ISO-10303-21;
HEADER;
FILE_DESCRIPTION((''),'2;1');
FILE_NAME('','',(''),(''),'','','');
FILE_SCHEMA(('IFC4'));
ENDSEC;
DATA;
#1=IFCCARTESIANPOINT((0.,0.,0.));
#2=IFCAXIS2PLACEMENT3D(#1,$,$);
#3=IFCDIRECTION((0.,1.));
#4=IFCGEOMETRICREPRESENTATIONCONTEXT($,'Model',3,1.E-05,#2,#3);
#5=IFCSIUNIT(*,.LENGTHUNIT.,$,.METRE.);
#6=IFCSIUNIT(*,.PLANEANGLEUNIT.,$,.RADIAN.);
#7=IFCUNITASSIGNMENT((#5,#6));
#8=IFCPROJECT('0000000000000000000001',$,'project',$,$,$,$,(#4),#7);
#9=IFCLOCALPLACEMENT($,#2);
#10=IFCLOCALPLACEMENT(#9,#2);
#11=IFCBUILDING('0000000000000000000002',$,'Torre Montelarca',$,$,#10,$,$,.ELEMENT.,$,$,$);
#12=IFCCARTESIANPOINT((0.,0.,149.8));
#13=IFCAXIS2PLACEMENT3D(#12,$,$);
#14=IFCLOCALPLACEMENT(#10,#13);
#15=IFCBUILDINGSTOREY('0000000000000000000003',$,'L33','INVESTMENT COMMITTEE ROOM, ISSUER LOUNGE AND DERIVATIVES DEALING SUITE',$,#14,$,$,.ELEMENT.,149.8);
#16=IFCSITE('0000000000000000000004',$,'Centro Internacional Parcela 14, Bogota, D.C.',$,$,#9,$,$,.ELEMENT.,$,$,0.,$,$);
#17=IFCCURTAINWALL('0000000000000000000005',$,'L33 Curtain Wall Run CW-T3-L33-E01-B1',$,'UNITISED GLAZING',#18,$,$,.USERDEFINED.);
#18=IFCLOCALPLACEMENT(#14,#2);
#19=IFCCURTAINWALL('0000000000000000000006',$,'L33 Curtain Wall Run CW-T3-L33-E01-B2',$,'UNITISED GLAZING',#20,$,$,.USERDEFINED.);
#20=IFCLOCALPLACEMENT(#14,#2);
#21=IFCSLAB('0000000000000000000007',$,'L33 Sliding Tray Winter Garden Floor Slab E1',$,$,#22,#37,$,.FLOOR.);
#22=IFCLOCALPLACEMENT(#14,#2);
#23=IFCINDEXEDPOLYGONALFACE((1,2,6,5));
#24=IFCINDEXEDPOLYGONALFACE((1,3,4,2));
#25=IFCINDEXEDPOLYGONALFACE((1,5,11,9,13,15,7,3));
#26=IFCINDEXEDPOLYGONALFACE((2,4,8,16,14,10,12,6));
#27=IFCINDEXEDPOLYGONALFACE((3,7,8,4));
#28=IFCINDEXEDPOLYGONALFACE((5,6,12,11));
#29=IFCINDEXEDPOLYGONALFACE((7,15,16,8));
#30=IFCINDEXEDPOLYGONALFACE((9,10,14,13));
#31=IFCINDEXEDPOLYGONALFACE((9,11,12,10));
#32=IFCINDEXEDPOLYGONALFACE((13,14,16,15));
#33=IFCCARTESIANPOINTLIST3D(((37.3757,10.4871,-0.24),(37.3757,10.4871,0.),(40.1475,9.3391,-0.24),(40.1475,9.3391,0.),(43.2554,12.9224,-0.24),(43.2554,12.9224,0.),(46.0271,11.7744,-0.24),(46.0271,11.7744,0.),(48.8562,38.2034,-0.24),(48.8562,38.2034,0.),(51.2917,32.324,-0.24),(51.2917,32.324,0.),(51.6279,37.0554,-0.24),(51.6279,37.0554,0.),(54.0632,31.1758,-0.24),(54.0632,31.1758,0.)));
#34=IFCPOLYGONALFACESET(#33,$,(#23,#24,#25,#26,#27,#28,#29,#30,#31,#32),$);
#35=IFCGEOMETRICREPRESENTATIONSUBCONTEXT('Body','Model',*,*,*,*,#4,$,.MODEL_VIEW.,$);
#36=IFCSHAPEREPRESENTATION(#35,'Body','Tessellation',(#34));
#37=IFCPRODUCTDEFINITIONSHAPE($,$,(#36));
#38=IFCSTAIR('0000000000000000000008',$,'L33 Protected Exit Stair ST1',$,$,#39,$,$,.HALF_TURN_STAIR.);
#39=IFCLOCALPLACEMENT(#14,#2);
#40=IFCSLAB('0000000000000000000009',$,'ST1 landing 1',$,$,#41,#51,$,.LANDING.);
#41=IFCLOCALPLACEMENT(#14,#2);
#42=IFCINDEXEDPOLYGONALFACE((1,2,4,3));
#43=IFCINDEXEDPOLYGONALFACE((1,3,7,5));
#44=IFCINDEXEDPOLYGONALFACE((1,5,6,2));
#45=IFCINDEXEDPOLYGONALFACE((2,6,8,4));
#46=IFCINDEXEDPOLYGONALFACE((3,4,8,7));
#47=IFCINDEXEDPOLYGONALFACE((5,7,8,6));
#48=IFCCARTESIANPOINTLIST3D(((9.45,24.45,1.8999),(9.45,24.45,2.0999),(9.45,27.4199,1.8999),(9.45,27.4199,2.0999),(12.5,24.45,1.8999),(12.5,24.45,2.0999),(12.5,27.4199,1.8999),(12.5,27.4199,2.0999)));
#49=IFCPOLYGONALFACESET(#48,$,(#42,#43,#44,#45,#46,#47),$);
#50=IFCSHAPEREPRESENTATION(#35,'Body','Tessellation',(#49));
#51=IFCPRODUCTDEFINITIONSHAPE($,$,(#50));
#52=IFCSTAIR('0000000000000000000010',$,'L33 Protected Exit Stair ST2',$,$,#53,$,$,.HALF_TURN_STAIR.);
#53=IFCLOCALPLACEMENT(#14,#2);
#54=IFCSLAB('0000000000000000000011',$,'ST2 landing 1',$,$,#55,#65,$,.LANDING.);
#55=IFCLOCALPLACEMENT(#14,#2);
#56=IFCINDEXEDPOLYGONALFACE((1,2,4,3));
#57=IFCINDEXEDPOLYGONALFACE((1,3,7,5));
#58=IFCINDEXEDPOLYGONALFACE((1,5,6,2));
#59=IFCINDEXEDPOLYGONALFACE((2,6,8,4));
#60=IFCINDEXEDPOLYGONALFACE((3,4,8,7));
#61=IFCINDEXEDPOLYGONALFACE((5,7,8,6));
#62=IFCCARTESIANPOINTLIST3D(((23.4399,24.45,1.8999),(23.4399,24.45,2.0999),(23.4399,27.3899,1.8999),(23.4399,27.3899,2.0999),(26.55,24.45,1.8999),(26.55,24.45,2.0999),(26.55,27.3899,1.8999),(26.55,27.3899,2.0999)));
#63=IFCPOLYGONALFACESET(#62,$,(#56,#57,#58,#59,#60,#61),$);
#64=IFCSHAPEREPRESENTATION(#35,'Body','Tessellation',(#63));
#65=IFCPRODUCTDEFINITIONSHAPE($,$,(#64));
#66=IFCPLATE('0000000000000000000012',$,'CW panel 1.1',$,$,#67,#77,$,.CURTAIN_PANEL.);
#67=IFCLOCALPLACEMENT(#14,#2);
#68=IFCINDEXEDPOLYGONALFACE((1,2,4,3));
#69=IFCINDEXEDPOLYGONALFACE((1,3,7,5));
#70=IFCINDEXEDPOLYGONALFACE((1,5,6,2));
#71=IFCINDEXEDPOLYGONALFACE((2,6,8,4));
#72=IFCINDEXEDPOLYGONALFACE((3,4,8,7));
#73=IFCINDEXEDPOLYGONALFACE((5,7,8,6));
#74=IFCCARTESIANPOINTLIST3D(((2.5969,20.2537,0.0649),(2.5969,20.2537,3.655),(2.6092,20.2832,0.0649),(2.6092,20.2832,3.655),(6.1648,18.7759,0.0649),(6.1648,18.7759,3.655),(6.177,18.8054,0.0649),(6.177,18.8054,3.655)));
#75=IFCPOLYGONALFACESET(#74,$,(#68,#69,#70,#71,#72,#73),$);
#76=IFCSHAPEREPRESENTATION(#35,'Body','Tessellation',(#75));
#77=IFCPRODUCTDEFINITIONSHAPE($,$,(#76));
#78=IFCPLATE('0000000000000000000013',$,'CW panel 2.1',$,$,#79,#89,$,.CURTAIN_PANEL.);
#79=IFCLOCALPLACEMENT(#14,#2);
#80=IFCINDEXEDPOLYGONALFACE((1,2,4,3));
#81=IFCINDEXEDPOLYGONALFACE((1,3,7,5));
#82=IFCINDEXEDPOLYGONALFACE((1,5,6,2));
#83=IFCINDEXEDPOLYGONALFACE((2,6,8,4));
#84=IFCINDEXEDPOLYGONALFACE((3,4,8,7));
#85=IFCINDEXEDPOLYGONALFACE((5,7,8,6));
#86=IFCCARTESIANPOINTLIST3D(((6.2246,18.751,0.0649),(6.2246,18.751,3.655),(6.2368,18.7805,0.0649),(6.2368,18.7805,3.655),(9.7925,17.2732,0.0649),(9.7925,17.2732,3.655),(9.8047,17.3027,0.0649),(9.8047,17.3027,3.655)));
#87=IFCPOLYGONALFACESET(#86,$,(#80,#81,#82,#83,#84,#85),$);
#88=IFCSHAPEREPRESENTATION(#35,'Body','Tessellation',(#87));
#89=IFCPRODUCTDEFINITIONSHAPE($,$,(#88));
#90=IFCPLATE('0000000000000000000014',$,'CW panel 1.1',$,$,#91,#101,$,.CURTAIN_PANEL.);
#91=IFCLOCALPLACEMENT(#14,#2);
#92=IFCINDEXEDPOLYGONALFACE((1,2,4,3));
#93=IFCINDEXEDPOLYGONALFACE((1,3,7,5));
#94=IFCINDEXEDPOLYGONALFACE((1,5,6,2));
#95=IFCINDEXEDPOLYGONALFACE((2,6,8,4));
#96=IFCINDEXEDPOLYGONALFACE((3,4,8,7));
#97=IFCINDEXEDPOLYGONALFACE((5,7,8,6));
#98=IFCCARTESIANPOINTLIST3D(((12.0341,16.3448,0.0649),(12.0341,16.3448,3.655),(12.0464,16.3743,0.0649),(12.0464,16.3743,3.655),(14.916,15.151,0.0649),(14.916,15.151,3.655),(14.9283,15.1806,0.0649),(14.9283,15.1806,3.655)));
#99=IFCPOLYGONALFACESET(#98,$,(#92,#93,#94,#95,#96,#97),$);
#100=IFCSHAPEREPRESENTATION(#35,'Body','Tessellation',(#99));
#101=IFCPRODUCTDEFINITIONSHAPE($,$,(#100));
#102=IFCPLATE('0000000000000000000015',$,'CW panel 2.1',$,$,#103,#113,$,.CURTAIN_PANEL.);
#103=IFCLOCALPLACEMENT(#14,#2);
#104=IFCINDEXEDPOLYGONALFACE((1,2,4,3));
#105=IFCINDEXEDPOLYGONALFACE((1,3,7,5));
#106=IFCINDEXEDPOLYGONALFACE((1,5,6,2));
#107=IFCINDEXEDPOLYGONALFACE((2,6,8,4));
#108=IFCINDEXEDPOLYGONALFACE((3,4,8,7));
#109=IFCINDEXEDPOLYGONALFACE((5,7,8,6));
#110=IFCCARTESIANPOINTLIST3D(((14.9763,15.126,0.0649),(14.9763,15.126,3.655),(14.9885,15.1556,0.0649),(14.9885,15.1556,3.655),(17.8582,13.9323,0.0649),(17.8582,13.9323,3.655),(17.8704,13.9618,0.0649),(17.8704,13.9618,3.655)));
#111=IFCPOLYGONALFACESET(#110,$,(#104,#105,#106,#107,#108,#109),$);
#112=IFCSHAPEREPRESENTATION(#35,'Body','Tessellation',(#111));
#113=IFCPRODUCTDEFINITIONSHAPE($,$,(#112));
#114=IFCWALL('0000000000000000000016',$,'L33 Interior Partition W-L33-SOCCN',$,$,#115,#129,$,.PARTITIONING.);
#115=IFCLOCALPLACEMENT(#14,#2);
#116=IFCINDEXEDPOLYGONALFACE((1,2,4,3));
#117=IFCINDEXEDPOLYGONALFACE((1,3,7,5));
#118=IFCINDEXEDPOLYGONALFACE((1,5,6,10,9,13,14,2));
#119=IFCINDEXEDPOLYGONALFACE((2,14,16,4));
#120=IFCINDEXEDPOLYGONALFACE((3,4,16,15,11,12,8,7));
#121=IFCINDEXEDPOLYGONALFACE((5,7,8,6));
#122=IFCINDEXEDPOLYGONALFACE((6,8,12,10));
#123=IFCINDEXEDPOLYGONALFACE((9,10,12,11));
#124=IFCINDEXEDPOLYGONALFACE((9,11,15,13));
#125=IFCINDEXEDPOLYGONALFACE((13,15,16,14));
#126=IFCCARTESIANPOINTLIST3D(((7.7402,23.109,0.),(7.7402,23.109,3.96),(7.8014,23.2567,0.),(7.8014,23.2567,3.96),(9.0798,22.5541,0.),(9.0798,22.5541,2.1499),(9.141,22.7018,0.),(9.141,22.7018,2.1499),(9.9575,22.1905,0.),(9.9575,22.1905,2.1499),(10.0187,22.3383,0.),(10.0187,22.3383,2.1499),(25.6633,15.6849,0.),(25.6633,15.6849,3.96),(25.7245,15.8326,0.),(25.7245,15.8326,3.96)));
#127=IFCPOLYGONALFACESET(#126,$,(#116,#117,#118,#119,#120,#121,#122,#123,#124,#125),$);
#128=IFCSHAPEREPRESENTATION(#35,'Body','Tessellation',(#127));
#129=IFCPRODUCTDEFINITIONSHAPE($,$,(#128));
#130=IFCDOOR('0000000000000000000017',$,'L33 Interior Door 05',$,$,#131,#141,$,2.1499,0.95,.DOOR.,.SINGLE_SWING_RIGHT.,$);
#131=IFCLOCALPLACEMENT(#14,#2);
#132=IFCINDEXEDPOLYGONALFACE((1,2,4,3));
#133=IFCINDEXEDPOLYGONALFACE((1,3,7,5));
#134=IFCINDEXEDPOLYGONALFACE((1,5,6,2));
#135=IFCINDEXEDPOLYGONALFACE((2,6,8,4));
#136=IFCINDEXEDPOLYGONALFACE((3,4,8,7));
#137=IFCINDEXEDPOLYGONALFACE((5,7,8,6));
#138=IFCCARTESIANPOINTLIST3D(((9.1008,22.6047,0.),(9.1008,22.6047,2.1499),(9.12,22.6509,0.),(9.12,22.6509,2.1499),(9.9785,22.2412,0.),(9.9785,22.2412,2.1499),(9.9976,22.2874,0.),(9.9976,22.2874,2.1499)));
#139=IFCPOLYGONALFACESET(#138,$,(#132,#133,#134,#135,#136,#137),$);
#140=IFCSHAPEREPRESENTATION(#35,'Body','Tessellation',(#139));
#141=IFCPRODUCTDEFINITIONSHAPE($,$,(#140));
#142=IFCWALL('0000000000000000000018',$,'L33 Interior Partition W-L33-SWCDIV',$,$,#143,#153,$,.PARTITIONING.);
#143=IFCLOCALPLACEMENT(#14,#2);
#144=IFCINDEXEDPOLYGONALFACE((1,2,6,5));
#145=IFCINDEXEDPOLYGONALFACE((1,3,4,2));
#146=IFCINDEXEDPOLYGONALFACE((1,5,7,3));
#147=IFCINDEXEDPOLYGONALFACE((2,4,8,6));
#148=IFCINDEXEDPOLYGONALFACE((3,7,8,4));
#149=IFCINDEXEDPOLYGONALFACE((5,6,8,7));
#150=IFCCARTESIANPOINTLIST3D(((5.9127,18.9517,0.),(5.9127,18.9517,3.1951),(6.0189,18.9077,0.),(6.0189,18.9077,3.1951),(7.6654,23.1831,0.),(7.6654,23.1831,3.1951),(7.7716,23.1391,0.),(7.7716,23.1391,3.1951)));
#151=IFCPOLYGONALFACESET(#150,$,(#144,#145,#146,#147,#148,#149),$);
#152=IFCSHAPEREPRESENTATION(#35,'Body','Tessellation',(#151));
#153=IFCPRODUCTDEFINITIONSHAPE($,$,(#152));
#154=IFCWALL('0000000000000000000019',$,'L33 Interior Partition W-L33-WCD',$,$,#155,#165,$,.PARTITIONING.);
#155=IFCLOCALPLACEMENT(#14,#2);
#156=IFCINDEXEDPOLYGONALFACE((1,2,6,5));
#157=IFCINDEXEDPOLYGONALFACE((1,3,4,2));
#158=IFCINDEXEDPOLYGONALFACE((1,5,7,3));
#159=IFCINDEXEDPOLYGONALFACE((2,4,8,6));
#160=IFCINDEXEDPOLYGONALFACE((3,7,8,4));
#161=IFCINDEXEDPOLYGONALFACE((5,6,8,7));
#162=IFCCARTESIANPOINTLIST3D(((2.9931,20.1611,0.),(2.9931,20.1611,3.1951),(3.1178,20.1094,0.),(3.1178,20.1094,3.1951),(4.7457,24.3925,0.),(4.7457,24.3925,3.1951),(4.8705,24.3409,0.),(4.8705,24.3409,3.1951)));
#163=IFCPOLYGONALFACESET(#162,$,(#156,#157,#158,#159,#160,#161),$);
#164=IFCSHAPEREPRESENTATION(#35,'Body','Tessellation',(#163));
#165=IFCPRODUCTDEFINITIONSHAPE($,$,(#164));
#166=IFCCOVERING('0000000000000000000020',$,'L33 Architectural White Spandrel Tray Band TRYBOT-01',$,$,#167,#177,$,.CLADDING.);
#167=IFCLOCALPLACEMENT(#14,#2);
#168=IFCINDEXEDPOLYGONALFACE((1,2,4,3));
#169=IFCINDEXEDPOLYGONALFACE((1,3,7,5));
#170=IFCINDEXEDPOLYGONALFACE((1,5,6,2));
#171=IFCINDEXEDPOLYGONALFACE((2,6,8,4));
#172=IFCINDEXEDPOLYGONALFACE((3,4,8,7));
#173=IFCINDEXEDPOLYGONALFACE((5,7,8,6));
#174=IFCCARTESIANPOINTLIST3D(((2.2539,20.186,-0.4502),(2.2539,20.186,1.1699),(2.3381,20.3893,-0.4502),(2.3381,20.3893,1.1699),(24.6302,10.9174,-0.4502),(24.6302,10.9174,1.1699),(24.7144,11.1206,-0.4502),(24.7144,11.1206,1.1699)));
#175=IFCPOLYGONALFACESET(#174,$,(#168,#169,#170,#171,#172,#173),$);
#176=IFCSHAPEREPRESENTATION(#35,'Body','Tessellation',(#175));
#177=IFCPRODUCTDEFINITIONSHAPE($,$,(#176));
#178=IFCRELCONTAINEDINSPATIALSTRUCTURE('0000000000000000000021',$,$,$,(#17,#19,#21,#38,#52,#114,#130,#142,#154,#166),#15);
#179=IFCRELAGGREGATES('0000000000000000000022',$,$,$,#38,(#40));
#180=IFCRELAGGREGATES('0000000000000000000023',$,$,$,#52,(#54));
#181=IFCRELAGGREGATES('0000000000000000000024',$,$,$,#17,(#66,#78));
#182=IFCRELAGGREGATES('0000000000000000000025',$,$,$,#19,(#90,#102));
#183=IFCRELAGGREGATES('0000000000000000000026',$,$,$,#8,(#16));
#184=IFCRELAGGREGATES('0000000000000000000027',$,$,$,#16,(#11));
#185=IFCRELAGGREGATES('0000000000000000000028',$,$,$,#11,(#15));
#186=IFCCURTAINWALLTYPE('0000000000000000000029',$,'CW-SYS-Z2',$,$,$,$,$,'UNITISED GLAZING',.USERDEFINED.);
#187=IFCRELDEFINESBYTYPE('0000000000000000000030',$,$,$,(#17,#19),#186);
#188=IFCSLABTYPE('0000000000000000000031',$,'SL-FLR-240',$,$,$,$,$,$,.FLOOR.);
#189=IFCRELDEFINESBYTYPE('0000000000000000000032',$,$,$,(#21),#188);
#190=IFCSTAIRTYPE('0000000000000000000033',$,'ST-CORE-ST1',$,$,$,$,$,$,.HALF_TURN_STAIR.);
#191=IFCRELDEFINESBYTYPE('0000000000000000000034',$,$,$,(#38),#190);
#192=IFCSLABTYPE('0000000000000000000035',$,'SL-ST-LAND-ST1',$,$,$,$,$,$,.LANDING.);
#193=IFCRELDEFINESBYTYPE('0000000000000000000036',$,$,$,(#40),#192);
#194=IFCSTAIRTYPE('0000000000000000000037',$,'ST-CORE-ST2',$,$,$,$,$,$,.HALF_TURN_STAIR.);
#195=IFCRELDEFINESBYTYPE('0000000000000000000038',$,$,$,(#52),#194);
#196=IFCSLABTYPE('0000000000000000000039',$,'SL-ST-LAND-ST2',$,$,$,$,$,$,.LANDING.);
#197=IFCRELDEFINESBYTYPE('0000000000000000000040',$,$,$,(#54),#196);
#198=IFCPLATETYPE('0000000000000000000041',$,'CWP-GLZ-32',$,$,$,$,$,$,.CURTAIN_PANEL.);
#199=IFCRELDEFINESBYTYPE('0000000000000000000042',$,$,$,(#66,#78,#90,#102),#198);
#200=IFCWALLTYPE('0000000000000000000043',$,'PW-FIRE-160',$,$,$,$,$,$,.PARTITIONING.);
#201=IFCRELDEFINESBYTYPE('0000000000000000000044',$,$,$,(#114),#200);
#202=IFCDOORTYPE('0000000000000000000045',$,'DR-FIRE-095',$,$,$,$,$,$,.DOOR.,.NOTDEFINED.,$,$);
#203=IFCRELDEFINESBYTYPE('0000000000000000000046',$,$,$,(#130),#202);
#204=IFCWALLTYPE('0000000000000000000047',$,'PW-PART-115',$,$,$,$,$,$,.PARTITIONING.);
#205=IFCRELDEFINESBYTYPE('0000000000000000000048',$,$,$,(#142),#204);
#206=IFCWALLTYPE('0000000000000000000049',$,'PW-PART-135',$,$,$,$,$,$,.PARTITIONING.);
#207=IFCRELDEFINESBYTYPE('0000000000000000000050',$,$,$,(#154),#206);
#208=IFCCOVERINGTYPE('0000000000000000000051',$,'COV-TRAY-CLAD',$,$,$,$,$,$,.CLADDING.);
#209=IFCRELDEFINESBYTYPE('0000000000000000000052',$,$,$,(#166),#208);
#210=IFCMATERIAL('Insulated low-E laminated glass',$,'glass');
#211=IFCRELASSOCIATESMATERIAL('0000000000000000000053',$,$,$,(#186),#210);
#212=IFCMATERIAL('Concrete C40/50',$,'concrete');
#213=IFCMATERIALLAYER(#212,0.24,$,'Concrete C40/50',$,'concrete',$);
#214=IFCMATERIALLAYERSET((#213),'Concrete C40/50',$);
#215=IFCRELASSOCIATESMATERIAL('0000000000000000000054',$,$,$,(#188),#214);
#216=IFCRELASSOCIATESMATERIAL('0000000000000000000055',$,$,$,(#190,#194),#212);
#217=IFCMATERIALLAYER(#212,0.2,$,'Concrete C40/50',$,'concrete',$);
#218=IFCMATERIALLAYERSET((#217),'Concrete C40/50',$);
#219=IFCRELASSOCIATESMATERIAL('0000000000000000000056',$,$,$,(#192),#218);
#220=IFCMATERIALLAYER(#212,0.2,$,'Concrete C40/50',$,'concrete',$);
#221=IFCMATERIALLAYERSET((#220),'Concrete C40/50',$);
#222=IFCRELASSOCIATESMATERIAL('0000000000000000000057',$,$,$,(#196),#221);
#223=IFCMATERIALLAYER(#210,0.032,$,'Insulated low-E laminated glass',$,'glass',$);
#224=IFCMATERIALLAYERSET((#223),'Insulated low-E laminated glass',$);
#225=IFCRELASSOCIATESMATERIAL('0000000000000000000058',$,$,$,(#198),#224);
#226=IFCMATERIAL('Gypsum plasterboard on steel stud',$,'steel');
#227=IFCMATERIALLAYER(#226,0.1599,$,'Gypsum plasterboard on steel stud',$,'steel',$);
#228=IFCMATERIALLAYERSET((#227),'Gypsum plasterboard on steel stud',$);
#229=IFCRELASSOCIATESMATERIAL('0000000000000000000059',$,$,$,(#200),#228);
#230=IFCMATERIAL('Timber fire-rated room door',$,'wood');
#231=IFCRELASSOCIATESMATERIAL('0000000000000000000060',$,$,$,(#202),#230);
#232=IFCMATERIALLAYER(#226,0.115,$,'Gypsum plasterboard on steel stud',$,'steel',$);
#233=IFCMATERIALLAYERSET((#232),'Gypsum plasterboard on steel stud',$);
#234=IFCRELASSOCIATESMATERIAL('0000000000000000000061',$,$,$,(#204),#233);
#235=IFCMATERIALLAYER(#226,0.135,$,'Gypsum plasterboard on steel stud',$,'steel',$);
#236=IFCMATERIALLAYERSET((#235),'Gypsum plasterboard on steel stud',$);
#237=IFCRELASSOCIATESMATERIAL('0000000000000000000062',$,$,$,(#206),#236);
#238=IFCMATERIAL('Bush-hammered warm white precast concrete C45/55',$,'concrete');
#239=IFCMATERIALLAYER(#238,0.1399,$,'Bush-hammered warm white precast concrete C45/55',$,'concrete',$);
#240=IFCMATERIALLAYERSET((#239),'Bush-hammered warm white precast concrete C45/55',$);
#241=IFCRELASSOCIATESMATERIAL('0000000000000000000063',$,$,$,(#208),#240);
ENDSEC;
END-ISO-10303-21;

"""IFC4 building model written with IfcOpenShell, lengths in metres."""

from ifc_helpers import new_model, si_unit, direction, frame, frame_2d, origin, origin_2d, place, context, subcontext, project, spatial, polyline, rectangle, outline, extrude, source, transform, mapped, material, layer, layer_set, type_object, element, fill, aggregate, save


model = new_model("IFC4")

# Units and contexts
model_context = context("Model", 3, precision=1e-05, world=origin(), true_north=direction((0.0, 1.0)))
body_context = subcontext(model_context, "Body", "Model", "MODEL_VIEW")
ifc_project = project(units=[si_unit("LENGTHUNIT", "METRE"), si_unit("PLANEANGLEUNIT", "RADIAN")], contexts=[model_context])

# Site, building, storey
site_placement = place(None, origin())
site = spatial("IfcSite", under=ifc_project, at=site_placement, Name="Centro Internacional Parcela 14, Bogota, D.C.", CompositionType="ELEMENT", RefElevation=0.0)
building_placement = place(site_placement, origin())
building = spatial("IfcBuilding", under=site, at=building_placement, Name="Torre Montelarca", CompositionType="ELEMENT")
storey_placement = place(building_placement, frame((0.0, 0.0, 149.8)))
storey = spatial("IfcBuildingStorey", under=building, at=storey_placement, Name="L33", Description="INVESTMENT COMMITTEE ROOM, ISSUER LOUNGE AND DERIVATIVES DEALING SUITE", CompositionType="ELEMENT", Elevation=149.8)

# Curtain walls
ifc_material_1 = material(Name="Insulated low-E laminated glass", Category="glass")
curtain_wall_type = type_object("IfcCurtainWallType", Name="CW-SYS-Z2", ElementType="UNITISED GLAZING", PredefinedType="USERDEFINED", material=ifc_material_1)
curtain_wall_1_placement = place(storey_placement, origin())
curtain_wall_1 = element("IfcCurtainWall", 1, at=curtain_wall_1_placement, inside=storey, type_object=curtain_wall_type, Name="L33 Curtain Wall Run CW-T3-L33-E01-B1", ObjectType="UNITISED GLAZING", PredefinedType="USERDEFINED")
curtain_wall_2_placement = place(storey_placement, origin())
curtain_wall_2 = element("IfcCurtainWall", 2, at=curtain_wall_2_placement, inside=storey, type_object=curtain_wall_type, Name="L33 Curtain Wall Run CW-T3-L33-E01-B2", ObjectType="UNITISED GLAZING", PredefinedType="USERDEFINED")

# Slab
ifc_material_2 = material(Name="Concrete C40/50", Category="concrete")
ifc_layer_1 = layer(ifc_material_2, 0.24, Name="Concrete C40/50", Category="concrete")
ifc_layer_set_1 = layer_set([ifc_layer_1], Name="Concrete C40/50")
slab_type_1 = type_object("IfcSlabType", Name="SL-FLR-240", PredefinedType="FLOOR", material=ifc_layer_set_1)
slab_1_placement = place(storey_placement, frame((0.0, 0.0, -0.24)))
element("IfcSlab", 3, at=slab_1_placement, inside=storey, type_object=slab_type_1, Name="L33 Sliding Tray Winter Garden Floor Slab E1", PredefinedType="FLOOR", context=body_context, shape_type="SweptSolid", body=[
    extrude(outline(polyline([(48.8562, 38.2034), (51.2917, 32.324), (43.2554, 12.9224), (37.3757, 10.4871), (40.1475, 9.3391), (46.0271, 11.7744), (54.0632, 31.1758), (51.6279, 37.0554), (48.8562, 38.2034)])), origin(), (0.0, 0.0, 1.0), 0.24),
])

# Stairs, slabs
stair_type_1 = type_object("IfcStairType", Name="ST-CORE-ST1", PredefinedType="HALF_TURN_STAIR", material=ifc_material_2)
stair_1_placement = place(storey_placement, origin())
stair_1 = element("IfcStair", 4, at=stair_1_placement, inside=storey, type_object=stair_type_1, Name="L33 Protected Exit Stair ST1", PredefinedType="HALF_TURN_STAIR")
ifc_layer_2 = layer(ifc_material_2, 0.2, Name="Concrete C40/50", Category="concrete")
ifc_layer_set_2 = layer_set([ifc_layer_2], Name="Concrete C40/50")
slab_type_2 = type_object("IfcSlabType", Name="SL-ST-LAND-ST1", PredefinedType="LANDING", material=ifc_layer_set_2)
slab_2_placement = place(storey_placement, frame((0.0, 0.0, 1.8999)))
slab_2 = element("IfcSlab", 5, at=slab_2_placement, type_object=slab_type_2, Name="ST1 landing 1", PredefinedType="LANDING", context=body_context, shape_type="SweptSolid", body=[
    extrude(outline(polyline([(9.45, 27.4199), (9.45, 24.45), (12.5, 24.45), (12.5, 27.4199), (9.45, 27.4199)])), origin(), (0.0, 0.0, 1.0), 0.2),
])
aggregate(stair_1, [slab_2])
stair_type_2 = type_object("IfcStairType", Name="ST-CORE-ST2", PredefinedType="HALF_TURN_STAIR", material=ifc_material_2)
stair_2_placement = place(storey_placement, origin())
stair_2 = element("IfcStair", 6, at=stair_2_placement, inside=storey, type_object=stair_type_2, Name="L33 Protected Exit Stair ST2", PredefinedType="HALF_TURN_STAIR")
ifc_layer_3 = layer(ifc_material_2, 0.2, Name="Concrete C40/50", Category="concrete")
ifc_layer_set_3 = layer_set([ifc_layer_3], Name="Concrete C40/50")
slab_type_3 = type_object("IfcSlabType", Name="SL-ST-LAND-ST2", PredefinedType="LANDING", material=ifc_layer_set_3)
slab_3_placement = place(storey_placement, frame((0.0, 0.0, 1.8999)))
slab_3 = element("IfcSlab", 7, at=slab_3_placement, type_object=slab_type_3, Name="ST2 landing 1", PredefinedType="LANDING", context=body_context, shape_type="SweptSolid", body=[
    extrude(outline(polyline([(23.4399, 27.3899), (23.4399, 24.45), (26.55, 24.45), (26.55, 27.3899), (23.4399, 27.3899)])), origin(), (0.0, 0.0, 1.0), 0.2),
])
aggregate(stair_2, [slab_3])

# Plates
ifc_layer_4 = layer(ifc_material_1, 0.032, Name="Insulated low-E laminated glass", Category="glass")
ifc_layer_set_4 = layer_set([ifc_layer_4], Name="Insulated low-E laminated glass")
plate_type = type_object("IfcPlateType", Name="CWP-GLZ-32", PredefinedType="CURTAIN_PANEL", material=ifc_layer_set_4)
shared_shape_1 = source(origin(), body_context, "Body", "SweptSolid", [
    extrude(rectangle(XDim=3.8618, YDim=0.032, at=origin_2d()), origin(), (0.0, 0.0, 1.0), 3.5901),
])
plate_1_placement = place(storey_placement, frame((4.387, 19.5295, 0.0649), z_axis=(0.0, 0.0, 1.0), x_axis=(0.923882, -0.382677, 0.0)))
plate_1 = element("IfcPlate", 8, at=plate_1_placement, type_object=plate_type, Name="CW panel 1.1", PredefinedType="CURTAIN_PANEL", context=body_context, shape_type="MappedRepresentation", body=[
    mapped(shared_shape_1, transform((0.0, 0.0, 0.0), scale=1.0)),
])
plate_2_placement = place(storey_placement, frame((8.0146, 18.0269, 0.0649), z_axis=(0.0, 0.0, 1.0), x_axis=(0.923882, -0.382677, 0.0)))
plate_2 = element("IfcPlate", 9, at=plate_2_placement, type_object=plate_type, Name="CW panel 2.1", PredefinedType="CURTAIN_PANEL", context=body_context, shape_type="MappedRepresentation", body=[
    mapped(shared_shape_1, transform((0.0, 0.0, 0.0), scale=1.0)),
])
aggregate(curtain_wall_1, [plate_1, plate_2])
shared_shape_2 = source(origin(), body_context, "Body", "SweptSolid", [
    extrude(rectangle(XDim=3.1194, YDim=0.032, at=origin_2d()), origin(), (0.0, 0.0, 1.0), 3.5901),
])
plate_3_placement = place(storey_placement, frame((13.4812, 15.7627, 0.0649), z_axis=(0.0, 0.0, 1.0), x_axis=(0.923878, -0.382688, 0.0)))
plate_3 = element("IfcPlate", 10, at=plate_3_placement, type_object=plate_type, Name="CW panel 1.1", PredefinedType="CURTAIN_PANEL", context=body_context, shape_type="MappedRepresentation", body=[
    mapped(shared_shape_2, transform((0.0, 0.0, 0.0), scale=1.0)),
])
plate_4_placement = place(storey_placement, frame((16.4233, 14.5439, 0.0649), z_axis=(0.0, 0.0, 1.0), x_axis=(0.923878, -0.382688, 0.0)))
plate_4 = element("IfcPlate", 11, at=plate_4_placement, type_object=plate_type, Name="CW panel 2.1", PredefinedType="CURTAIN_PANEL", context=body_context, shape_type="MappedRepresentation", body=[
    mapped(shared_shape_2, transform((0.0, 0.0, 0.0), scale=1.0)),
])
aggregate(curtain_wall_2, [plate_3, plate_4])

# Wall, opening, door
ifc_material_3 = material(Name="Gypsum plasterboard on steel stud", Category="steel")
ifc_layer_5 = layer(ifc_material_3, 0.1599, Name="Gypsum plasterboard on steel stud", Category="steel")
ifc_layer_set_5 = layer_set([ifc_layer_5], Name="Gypsum plasterboard on steel stud")
wall_type_1 = type_object("IfcWallType", Name="PW-FIRE-160", PredefinedType="PARTITIONING", material=ifc_layer_set_5)
wall_1_placement = place(storey_placement, frame((7.7708, 23.1829, 0.0), z_axis=(0.0, 0.0, 1.0), x_axis=(0.923878, -0.382687, 0.0)))
wall_1 = element("IfcWall", 12, at=wall_1_placement, inside=storey, type_object=wall_type_1, Name="L33 Interior Partition W-L33-SOCCN", PredefinedType="PARTITIONING", context=body_context, shape_type="SweptSolid", body=[
    extrude(rectangle(XDim=19.3999, YDim=0.1599, at=frame_2d((9.7, 0.0))), origin(), (0.0, 0.0, 1.0), 3.96),
])
opening_placement = place(wall_1_placement, frame((1.45, 0.0, 0.0)))
opening = element("IfcOpeningElement", 13, at=opening_placement, cuts=wall_1, PredefinedType="OPENING", context=body_context, shape_type="SweptSolid", body=[
    extrude(rectangle(XDim=0.95, YDim=2.1499, at=frame_2d((0.4751, 1.075))), frame((0.0, 0.0898, 0.0), z_axis=(0.0, -1.0, 0.0), x_axis=(1.0, 0.0, 0.0)), (0.0, 0.0, 1.0), 0.1799),
])
ifc_material_4 = material(Name="Timber fire-rated room door", Category="wood")
door_type = type_object("IfcDoorType", Name="DR-FIRE-095", OperationType="NOTDEFINED", PredefinedType="DOOR", material=ifc_material_4)
shared_shape_3 = source(origin(), body_context, "Body", "SweptSolid", [
    extrude(rectangle(XDim=0.95, YDim=2.1499, at=frame_2d((0.4751, 1.075))), frame((0.0, 0.0249, 0.0), z_axis=(0.0, -1.0, 0.0), x_axis=(1.0, 0.0, 0.0)), (0.0, 0.0, 1.0), 0.05),
])
door_placement = place(opening_placement, origin())
door = element("IfcDoor", 14, at=door_placement, inside=storey, type_object=door_type, Name="L33 Interior Door 05", OperationType="SINGLE_SWING_RIGHT", OverallHeight=2.1499, OverallWidth=0.95, PredefinedType="DOOR", context=body_context, shape_type="MappedRepresentation", body=[
    mapped(shared_shape_3, transform((0.0, 0.0, 0.0), scale=1.0)),
])
fill(opening, door)

# Walls
ifc_layer_6 = layer(ifc_material_3, 0.115, Name="Gypsum plasterboard on steel stud", Category="steel")
ifc_layer_set_6 = layer_set([ifc_layer_6], Name="Gypsum plasterboard on steel stud")
wall_type_2 = type_object("IfcWallType", Name="PW-PART-115", PredefinedType="PARTITIONING", material=ifc_layer_set_6)
wall_2_placement = place(storey_placement, frame((5.9658, 18.9297, 0.0), z_axis=(0.0, 0.0, 1.0), x_axis=(0.382677, 0.923882, 0.0)))
element("IfcWall", 15, at=wall_2_placement, inside=storey, type_object=wall_type_2, Name="L33 Interior Partition W-L33-SWCDIV", PredefinedType="PARTITIONING", context=body_context, shape_type="SweptSolid", body=[
    extrude(rectangle(XDim=4.5801, YDim=0.115, at=frame_2d((2.29, 0.0))), origin(), (0.0, 0.0, 1.0), 3.1951),
])
ifc_layer_7 = layer(ifc_material_3, 0.135, Name="Gypsum plasterboard on steel stud", Category="steel")
ifc_layer_set_7 = layer_set([ifc_layer_7], Name="Gypsum plasterboard on steel stud")
wall_type_3 = type_object("IfcWallType", Name="PW-PART-135", PredefinedType="PARTITIONING", material=ifc_layer_set_7)
wall_3_placement = place(storey_placement, frame((3.0554, 20.1353, 0.0), z_axis=(0.0, 0.0, 1.0), x_axis=(0.382677, 0.923882, 0.0)))
element("IfcWall", 16, at=wall_3_placement, inside=storey, type_object=wall_type_3, Name="L33 Interior Partition W-L33-WCD", PredefinedType="PARTITIONING", context=body_context, shape_type="SweptSolid", body=[
    extrude(rectangle(XDim=4.5801, YDim=0.135, at=frame_2d((2.29, 0.0))), origin(), (0.0, 0.0, 1.0), 3.1951),
])

# Covering
ifc_material_5 = material(Name="Bush-hammered warm white precast concrete C45/55", Category="concrete")
ifc_layer_8 = layer(ifc_material_5, 0.1399, Name="Bush-hammered warm white precast concrete C45/55", Category="concrete")
ifc_layer_set_8 = layer_set([ifc_layer_8], Name="Bush-hammered warm white precast concrete C45/55")
covering_type = type_object("IfcCoveringType", Name="COV-TRAY-CLAD", PredefinedType="CLADDING", material=ifc_layer_set_8)
shared_shape_4 = source(origin(), body_context, "Body", "SweptSolid", [
    extrude(rectangle(XDim=24.22, YDim=0.22, at=origin_2d()), origin(), (0.0, 0.0, 1.0), 1.6201),
])
covering_1_placement = place(storey_placement, frame((13.4841, 15.6533, -0.4502), z_axis=(0.0, 0.0, 1.0), x_axis=(0.923878, -0.382687, 0.0)))
element("IfcCovering", 17, at=covering_1_placement, inside=storey, type_object=covering_type, Name="L33 Architectural White Spandrel Tray Band TRYBOT-01", PredefinedType="CLADDING", context=body_context, shape_type="MappedRepresentation", body=[
    mapped(shared_shape_4, transform((0.0, 0.0, 0.0), scale=1.0)),
])

save(model, "model.ifc")
